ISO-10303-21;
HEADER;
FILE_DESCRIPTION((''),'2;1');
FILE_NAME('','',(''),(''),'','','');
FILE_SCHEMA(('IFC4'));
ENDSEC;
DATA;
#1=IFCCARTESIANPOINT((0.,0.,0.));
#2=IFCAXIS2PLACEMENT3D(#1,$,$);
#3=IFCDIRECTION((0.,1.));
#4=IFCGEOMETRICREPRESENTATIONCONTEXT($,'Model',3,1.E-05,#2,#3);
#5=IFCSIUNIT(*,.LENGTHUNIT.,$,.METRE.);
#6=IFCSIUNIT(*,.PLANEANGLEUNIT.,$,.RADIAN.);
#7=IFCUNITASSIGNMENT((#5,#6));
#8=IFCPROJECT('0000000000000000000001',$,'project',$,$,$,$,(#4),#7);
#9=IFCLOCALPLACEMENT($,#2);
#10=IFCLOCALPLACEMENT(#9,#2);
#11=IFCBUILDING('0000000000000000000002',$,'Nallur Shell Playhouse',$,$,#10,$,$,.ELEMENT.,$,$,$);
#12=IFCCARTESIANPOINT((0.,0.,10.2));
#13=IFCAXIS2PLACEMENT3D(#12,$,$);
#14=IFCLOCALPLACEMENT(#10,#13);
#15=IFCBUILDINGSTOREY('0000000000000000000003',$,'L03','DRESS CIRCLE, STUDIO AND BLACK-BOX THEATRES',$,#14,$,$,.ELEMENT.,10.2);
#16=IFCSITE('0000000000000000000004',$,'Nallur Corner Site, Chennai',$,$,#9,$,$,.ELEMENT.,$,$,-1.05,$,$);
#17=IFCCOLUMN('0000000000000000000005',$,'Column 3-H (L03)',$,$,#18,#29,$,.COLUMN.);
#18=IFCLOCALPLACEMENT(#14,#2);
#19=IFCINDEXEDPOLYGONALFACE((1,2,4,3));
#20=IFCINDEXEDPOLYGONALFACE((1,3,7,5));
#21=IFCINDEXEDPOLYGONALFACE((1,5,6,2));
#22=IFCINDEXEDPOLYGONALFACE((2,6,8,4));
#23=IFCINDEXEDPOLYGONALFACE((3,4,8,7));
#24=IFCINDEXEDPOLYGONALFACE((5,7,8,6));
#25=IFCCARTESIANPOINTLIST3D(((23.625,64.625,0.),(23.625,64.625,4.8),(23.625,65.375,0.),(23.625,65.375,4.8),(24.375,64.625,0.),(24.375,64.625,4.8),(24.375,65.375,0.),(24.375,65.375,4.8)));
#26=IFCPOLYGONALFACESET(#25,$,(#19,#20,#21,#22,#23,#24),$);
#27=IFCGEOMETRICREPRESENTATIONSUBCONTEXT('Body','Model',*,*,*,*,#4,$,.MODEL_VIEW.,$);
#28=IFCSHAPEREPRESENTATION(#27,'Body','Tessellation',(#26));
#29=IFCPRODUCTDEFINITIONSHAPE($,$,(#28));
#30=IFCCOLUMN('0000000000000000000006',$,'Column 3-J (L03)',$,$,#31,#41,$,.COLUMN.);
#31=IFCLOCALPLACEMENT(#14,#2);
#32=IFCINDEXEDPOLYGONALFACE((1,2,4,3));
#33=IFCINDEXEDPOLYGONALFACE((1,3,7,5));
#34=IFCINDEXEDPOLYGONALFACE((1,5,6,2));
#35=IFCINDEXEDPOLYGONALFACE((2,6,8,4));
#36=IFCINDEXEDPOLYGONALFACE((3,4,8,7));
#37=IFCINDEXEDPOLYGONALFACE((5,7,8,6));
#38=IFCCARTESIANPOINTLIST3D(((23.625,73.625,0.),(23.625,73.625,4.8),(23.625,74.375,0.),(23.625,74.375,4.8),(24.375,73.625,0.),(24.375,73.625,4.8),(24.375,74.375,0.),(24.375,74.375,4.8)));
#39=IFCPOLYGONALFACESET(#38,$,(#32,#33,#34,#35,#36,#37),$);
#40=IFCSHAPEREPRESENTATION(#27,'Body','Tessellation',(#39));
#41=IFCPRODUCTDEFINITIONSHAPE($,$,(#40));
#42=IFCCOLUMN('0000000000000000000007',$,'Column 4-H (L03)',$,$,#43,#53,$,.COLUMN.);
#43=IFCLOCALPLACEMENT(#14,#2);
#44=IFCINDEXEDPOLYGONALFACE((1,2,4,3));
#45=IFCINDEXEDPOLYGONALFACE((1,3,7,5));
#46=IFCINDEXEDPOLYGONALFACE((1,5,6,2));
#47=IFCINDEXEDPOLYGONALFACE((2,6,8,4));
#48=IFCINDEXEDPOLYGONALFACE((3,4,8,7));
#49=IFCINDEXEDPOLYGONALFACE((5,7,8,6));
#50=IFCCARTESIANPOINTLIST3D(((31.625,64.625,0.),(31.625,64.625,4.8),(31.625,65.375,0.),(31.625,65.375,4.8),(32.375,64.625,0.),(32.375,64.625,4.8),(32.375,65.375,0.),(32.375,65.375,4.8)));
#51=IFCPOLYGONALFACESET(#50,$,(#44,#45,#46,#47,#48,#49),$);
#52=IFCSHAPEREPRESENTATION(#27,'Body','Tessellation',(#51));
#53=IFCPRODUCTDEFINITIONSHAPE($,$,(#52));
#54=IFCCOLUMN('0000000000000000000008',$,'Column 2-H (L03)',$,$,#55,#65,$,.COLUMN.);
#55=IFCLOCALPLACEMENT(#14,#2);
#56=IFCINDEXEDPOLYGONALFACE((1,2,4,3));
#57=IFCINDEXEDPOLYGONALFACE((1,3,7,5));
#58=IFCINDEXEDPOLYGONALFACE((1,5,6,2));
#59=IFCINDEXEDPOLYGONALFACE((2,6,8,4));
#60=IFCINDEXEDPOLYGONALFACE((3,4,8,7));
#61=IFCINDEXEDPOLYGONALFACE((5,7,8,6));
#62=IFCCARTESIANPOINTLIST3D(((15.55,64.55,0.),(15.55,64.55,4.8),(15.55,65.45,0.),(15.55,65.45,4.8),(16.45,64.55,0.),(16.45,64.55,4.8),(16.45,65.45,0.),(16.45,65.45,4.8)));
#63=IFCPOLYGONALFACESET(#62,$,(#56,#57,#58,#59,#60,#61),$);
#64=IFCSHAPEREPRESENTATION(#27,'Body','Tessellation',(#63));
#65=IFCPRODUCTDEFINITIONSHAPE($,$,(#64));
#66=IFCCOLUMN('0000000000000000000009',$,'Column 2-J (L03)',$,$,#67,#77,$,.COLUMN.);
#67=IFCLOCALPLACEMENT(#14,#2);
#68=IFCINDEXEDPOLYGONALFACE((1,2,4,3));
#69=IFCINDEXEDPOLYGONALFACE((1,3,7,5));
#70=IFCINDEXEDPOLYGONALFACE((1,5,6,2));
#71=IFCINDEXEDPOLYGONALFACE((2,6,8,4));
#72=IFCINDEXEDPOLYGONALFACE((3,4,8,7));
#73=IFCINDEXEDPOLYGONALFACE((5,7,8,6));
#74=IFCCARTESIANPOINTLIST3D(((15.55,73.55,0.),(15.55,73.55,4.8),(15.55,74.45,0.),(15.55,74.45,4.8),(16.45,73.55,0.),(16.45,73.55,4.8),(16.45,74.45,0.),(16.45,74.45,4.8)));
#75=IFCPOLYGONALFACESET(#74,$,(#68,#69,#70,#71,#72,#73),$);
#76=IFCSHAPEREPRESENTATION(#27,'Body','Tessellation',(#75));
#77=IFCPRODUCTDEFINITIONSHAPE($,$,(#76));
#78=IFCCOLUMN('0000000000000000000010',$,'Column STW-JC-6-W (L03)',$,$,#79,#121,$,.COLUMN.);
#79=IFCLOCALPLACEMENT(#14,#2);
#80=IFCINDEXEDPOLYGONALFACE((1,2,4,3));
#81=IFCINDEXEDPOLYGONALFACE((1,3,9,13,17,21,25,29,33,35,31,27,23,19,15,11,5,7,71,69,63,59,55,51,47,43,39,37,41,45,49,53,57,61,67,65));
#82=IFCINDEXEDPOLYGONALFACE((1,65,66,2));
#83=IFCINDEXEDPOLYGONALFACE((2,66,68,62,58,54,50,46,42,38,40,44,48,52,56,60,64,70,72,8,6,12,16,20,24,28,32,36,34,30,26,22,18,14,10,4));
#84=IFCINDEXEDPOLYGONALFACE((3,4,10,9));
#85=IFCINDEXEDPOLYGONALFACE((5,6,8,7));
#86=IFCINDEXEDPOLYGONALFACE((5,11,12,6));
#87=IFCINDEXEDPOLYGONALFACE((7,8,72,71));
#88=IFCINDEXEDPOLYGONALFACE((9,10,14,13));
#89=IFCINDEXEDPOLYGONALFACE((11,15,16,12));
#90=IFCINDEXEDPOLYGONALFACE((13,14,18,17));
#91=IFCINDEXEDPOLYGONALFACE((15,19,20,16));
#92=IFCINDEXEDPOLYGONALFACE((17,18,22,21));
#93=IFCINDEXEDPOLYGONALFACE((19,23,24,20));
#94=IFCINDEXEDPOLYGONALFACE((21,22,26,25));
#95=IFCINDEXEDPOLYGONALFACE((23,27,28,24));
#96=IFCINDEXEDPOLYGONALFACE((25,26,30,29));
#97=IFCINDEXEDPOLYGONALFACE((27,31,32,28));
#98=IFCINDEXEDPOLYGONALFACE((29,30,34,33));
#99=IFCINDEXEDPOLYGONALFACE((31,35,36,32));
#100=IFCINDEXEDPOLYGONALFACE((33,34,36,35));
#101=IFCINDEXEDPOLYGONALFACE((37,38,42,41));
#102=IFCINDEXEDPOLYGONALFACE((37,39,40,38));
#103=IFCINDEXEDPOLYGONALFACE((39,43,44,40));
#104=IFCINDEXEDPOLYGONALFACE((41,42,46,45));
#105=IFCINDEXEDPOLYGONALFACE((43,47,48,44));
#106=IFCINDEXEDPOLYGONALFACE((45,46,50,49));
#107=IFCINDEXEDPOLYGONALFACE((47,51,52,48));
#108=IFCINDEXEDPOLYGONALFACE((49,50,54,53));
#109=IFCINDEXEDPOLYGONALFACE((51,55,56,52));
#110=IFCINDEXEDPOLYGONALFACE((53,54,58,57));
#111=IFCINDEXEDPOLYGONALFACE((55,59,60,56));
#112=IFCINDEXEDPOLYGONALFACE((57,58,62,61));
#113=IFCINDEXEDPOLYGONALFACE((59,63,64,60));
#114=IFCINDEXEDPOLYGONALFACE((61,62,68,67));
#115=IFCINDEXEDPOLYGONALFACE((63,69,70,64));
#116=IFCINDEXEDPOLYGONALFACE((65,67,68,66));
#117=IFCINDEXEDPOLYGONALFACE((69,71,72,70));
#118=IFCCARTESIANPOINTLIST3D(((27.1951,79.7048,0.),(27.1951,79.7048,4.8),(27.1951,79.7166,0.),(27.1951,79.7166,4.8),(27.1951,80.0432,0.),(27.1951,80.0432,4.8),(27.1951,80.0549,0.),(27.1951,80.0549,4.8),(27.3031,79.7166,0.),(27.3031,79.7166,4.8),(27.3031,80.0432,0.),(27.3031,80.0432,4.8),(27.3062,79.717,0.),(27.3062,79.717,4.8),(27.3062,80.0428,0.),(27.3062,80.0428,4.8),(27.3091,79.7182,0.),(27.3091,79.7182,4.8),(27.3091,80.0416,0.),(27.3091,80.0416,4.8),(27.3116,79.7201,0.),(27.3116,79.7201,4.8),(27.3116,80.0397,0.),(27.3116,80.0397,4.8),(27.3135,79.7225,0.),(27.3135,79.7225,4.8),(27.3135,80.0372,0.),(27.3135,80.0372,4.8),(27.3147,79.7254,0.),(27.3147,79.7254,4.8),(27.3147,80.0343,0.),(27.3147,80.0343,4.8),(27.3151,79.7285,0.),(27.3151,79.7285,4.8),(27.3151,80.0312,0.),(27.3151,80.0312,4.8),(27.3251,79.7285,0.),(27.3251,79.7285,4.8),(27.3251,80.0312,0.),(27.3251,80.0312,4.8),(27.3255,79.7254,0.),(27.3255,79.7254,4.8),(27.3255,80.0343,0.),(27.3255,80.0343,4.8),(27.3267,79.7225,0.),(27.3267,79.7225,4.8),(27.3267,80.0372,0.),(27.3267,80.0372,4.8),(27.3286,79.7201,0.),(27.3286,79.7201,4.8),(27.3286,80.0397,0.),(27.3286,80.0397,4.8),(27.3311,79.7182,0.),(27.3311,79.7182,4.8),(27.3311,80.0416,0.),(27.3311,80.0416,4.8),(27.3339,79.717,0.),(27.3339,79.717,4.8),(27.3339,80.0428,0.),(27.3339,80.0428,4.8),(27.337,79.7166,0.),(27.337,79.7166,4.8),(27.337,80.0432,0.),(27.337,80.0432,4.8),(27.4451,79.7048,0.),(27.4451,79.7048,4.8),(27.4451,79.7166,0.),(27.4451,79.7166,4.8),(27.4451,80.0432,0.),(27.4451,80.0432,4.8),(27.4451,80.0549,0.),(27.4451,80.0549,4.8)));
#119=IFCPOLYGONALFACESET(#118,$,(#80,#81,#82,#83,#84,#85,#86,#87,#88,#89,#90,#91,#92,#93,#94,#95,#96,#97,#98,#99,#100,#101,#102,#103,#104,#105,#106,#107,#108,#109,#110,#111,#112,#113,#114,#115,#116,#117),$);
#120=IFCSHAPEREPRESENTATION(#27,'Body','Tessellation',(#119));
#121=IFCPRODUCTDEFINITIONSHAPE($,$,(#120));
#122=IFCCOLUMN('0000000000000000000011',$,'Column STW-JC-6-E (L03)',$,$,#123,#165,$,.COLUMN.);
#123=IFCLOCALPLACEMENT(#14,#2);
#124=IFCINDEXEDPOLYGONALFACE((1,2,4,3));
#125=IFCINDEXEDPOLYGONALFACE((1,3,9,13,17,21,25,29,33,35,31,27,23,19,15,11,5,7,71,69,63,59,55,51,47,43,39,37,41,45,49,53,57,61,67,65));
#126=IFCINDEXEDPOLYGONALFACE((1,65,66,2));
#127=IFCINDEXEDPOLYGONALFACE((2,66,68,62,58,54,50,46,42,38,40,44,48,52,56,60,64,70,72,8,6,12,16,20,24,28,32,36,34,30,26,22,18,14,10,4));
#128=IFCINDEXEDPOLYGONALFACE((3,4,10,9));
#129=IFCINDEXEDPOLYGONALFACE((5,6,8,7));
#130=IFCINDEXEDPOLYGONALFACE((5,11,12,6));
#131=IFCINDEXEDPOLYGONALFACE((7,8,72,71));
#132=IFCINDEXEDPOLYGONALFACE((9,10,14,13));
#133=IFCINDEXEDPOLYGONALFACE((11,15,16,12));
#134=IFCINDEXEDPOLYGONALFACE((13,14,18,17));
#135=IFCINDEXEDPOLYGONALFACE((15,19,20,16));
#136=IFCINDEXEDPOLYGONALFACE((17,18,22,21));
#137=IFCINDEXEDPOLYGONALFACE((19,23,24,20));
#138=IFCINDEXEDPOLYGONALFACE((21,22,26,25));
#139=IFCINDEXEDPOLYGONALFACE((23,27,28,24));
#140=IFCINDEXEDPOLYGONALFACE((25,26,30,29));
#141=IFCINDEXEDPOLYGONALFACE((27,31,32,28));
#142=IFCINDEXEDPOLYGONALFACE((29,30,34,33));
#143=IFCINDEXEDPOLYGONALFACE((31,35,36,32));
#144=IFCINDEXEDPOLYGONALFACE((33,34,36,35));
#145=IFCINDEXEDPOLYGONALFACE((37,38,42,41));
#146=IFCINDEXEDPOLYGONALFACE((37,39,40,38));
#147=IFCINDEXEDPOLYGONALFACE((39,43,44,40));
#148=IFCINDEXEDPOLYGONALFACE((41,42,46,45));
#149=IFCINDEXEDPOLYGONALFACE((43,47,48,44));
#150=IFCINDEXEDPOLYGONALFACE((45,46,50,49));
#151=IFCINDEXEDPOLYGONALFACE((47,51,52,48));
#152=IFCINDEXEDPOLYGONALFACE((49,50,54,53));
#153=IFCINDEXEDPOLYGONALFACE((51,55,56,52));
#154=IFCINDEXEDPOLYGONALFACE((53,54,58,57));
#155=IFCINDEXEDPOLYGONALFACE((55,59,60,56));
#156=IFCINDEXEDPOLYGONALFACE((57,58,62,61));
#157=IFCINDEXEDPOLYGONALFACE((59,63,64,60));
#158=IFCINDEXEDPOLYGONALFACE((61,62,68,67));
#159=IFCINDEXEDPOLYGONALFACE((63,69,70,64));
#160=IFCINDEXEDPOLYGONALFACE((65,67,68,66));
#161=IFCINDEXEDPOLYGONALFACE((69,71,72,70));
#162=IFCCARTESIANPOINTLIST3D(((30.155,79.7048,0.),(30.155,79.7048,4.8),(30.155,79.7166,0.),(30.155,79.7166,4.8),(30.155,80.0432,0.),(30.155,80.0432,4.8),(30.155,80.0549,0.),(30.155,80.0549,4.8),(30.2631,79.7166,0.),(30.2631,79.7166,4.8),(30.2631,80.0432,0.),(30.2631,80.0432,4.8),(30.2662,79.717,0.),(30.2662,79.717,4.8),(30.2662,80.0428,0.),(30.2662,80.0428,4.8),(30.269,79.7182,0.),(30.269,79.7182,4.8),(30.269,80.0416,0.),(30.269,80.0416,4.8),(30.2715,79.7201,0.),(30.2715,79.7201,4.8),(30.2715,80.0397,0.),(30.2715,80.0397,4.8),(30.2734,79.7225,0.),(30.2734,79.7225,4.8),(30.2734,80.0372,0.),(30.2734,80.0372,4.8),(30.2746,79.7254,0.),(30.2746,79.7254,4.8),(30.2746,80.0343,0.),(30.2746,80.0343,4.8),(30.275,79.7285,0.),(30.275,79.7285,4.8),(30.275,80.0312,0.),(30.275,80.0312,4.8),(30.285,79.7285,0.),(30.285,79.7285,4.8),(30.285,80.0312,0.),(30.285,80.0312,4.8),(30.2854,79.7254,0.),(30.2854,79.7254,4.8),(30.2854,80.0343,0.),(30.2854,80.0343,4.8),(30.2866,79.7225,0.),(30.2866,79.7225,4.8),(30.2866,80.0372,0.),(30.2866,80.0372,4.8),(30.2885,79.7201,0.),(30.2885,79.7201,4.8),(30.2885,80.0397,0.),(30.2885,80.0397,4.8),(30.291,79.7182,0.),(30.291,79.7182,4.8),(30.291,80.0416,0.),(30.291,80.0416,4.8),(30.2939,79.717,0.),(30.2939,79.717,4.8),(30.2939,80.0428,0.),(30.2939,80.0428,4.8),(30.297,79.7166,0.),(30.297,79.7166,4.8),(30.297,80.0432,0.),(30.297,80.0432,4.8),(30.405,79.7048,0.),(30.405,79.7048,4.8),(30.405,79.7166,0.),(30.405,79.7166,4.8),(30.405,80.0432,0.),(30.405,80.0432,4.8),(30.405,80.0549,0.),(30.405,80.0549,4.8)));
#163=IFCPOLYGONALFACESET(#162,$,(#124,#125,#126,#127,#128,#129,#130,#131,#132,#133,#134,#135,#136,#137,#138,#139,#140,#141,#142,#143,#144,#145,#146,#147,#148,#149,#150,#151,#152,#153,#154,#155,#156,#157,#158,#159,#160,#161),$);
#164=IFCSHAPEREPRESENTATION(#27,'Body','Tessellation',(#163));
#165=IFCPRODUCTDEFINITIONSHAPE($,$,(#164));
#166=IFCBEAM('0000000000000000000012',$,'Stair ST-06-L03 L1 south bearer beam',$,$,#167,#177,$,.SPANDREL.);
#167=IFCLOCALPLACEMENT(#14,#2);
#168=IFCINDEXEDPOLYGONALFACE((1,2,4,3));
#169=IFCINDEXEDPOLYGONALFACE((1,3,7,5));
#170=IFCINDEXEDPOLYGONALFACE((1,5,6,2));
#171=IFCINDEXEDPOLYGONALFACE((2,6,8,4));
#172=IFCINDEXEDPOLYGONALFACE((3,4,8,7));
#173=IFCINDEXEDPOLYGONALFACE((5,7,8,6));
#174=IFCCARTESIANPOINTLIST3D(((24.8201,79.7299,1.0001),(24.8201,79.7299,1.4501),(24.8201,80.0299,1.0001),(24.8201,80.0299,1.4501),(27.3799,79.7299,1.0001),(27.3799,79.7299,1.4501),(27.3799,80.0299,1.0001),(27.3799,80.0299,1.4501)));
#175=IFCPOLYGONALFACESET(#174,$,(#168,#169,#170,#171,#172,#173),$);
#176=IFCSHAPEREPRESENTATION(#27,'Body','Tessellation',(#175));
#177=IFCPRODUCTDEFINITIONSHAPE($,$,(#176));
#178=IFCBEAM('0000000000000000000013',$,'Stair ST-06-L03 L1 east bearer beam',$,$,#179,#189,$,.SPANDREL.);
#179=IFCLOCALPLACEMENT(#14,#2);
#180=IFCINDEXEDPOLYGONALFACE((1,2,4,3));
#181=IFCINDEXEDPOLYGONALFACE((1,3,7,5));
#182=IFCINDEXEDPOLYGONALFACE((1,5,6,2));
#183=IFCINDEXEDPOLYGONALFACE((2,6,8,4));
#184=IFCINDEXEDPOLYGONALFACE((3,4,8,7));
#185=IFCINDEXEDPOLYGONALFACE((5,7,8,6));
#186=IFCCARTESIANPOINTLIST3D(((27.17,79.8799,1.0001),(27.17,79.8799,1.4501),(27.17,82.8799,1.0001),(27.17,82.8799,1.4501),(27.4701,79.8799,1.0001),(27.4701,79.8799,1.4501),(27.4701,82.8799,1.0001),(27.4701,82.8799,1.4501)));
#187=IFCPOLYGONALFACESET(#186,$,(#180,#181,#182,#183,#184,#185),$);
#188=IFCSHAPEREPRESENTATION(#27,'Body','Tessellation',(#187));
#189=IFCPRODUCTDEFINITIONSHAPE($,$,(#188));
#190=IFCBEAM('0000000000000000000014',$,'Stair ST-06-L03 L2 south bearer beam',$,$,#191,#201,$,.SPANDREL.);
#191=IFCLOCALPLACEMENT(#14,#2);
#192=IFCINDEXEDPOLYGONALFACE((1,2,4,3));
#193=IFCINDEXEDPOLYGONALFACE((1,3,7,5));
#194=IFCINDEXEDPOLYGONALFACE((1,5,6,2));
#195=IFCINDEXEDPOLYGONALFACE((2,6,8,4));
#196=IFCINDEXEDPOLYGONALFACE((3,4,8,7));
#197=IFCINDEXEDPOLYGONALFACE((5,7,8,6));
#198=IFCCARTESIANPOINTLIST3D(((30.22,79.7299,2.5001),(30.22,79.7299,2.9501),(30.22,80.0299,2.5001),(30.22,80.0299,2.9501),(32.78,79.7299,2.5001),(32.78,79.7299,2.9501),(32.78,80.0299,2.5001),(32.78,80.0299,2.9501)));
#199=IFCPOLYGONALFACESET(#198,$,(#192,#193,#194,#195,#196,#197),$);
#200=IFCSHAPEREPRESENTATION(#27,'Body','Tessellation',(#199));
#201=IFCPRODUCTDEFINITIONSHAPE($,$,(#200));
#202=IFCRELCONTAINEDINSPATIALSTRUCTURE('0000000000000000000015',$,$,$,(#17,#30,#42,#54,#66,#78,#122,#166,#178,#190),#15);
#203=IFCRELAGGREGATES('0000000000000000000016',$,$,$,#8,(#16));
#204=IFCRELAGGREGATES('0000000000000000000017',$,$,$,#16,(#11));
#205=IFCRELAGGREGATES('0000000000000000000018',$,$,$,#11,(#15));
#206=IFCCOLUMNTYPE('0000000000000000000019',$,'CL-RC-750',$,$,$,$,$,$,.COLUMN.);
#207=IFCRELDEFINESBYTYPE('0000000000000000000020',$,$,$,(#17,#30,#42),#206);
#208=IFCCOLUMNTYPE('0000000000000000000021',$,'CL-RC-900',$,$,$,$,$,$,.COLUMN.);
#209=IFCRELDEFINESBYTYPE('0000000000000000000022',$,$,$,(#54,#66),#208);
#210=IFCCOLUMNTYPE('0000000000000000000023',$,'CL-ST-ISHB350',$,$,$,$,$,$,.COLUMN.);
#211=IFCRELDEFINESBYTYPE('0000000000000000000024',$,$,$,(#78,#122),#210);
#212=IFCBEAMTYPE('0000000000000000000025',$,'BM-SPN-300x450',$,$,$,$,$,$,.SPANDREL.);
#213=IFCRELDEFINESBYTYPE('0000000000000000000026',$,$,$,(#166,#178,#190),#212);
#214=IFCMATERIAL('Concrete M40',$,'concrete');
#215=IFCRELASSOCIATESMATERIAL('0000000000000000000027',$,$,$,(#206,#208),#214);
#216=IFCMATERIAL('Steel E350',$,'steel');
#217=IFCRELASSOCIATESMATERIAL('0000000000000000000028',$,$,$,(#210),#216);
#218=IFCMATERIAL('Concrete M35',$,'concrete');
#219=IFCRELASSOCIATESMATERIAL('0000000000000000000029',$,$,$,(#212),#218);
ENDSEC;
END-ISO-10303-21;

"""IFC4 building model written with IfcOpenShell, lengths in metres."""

from ifc_helpers import new_model, si_unit, direction, frame, origin, origin_2d, place, context, subcontext, project, spatial, rectangle, i_section, extrude, material, material_profile, profile_set, type_object, element, save


model = new_model("IFC4")

# Units and contexts
model_context = context("Model", 3, precision=1e-05, world=origin(), true_north=direction((0.0, 1.0)))
body_context = subcontext(model_context, "Body", "Model", "MODEL_VIEW")
ifc_project = project(units=[si_unit("LENGTHUNIT", "METRE"), si_unit("PLANEANGLEUNIT", "RADIAN")], contexts=[model_context])

# Site, building, storey
site_placement = place(None, origin())
site = spatial("IfcSite", under=ifc_project, at=site_placement, Name="Nallur Corner Site, Chennai", CompositionType="ELEMENT", RefElevation=-1.05)
building_placement = place(site_placement, origin())
building = spatial("IfcBuilding", under=site, at=building_placement, Name="Nallur Shell Playhouse", CompositionType="ELEMENT")
storey_placement = place(building_placement, frame((0.0, 0.0, 10.2)))
storey = spatial("IfcBuildingStorey", under=building, at=storey_placement, Name="L03", Description="DRESS CIRCLE, STUDIO AND BLACK-BOX THEATRES", CompositionType="ELEMENT", Elevation=10.2)

# Columns
ifc_material_1 = material(Name="Concrete M40", Category="concrete")
ifc_material_profile_1 = material_profile(ifc_material_1, rectangle(XDim=0.75, YDim=0.75, at=origin_2d()), Name="RC 750x750")
ifc_profile_set_1 = profile_set([ifc_material_profile_1], Name="Concrete M40")
column_type_1 = type_object("IfcColumnType", Name="CL-RC-750", PredefinedType="COLUMN", material=ifc_profile_set_1)
for number, where, z_axis, x_axis, name in (
    (1, (24.0, 65.0, 0.0), (0.0, 0.0, 1.0), (1.0, 0.0, 0.0), "Column 3-H (L03)"),
    (2, (24.0, 74.0, 0.0), (0.0, 0.0, 1.0), (1.0, 0.0, 0.0), "Column 3-J (L03)"),
    (3, (32.0, 65.0, 0.0), (0.0, 0.0, 1.0), (1.0, 0.0, 0.0), "Column 4-H (L03)"),
):
    element("IfcColumn", number, at=place(storey_placement, frame(where, z_axis=z_axis, x_axis=x_axis)), inside=storey, type_object=column_type_1, Name=name, PredefinedType="COLUMN", context=body_context, shape_type="SweptSolid", body=[
        extrude(rectangle(XDim=0.75, YDim=0.75, at=origin_2d()), origin(), (0.0, 0.0, 1.0), 4.8),
    ])
ifc_material_profile_2 = material_profile(ifc_material_1, rectangle(XDim=0.8999, YDim=0.8999, at=origin_2d()), Name="RC 900x900")
ifc_profile_set_2 = profile_set([ifc_material_profile_2], Name="Concrete M40")
column_type_2 = type_object("IfcColumnType", Name="CL-RC-900", PredefinedType="COLUMN", material=ifc_profile_set_2)
for number, where, z_axis, x_axis, name in (
    (4, (16.0, 65.0, 0.0), (0.0, 0.0, 1.0), (1.0, 0.0, 0.0), "Column 2-H (L03)"),
    (5, (16.0, 74.0, 0.0), (0.0, 0.0, 1.0), (1.0, 0.0, 0.0), "Column 2-J (L03)"),
):
    element("IfcColumn", number, at=place(storey_placement, frame(where, z_axis=z_axis, x_axis=x_axis)), inside=storey, type_object=column_type_2, Name=name, PredefinedType="COLUMN", context=body_context, shape_type="SweptSolid", body=[
        extrude(rectangle(XDim=0.8999, YDim=0.8999, at=origin_2d()), origin(), (0.0, 0.0, 1.0), 4.8),
    ])
ifc_material_2 = material(Name="Steel E350", Category="steel")
ifc_material_profile_3 = material_profile(ifc_material_2, i_section(OverallWidth=0.25, OverallDepth=0.3501, WebThickness=0.01, FlangeThickness=0.0117, FilletRadius=0.012, at=origin_2d()), Name="ISHB 350")
ifc_profile_set_3 = profile_set([ifc_material_profile_3], Name="Steel E350")
column_type_3 = type_object("IfcColumnType", Name="CL-ST-ISHB350", PredefinedType="COLUMN", material=ifc_profile_set_3)
for number, where, z_axis, x_axis, name in (
    (6, (27.3201, 79.8799, 0.0), (0.0, 0.0, 1.0), (1.0, 0.0, 0.0), "Column STW-JC-6-W (L03)"),
    (7, (30.28, 79.8799, 0.0), (0.0, 0.0, 1.0), (1.0, 0.0, 0.0), "Column STW-JC-6-E (L03)"),
):
    element("IfcColumn", number, at=place(storey_placement, frame(where, z_axis=z_axis, x_axis=x_axis)), inside=storey, type_object=column_type_3, Name=name, PredefinedType="COLUMN", context=body_context, shape_type="SweptSolid", body=[
        extrude(i_section(OverallWidth=0.25, OverallDepth=0.3501, WebThickness=0.01, FlangeThickness=0.0117, FilletRadius=0.012, at=origin_2d()), origin(), (0.0, 0.0, 1.0), 4.8),
    ])

# Beams
ifc_material_3 = material(Name="Concrete M35", Category="concrete")
ifc_material_profile_4 = material_profile(ifc_material_3, rectangle(XDim=0.3, YDim=0.45, at=origin_2d()), Name="RC 300x450")
ifc_profile_set_4 = profile_set([ifc_material_profile_4], Name="Concrete M35")
beam_type_1 = type_object("IfcBeamType", Name="BM-SPN-300x450", PredefinedType="SPANDREL", material=ifc_profile_set_4)
beam_1_placement = place(storey_placement, frame((24.8201, 79.8799, 1.2251), z_axis=(1.0, 0.0, 0.0), x_axis=(0.0, 1.0, 0.0)))
element("IfcBeam", 8, at=beam_1_placement, inside=storey, type_object=beam_type_1, Name="Stair ST-06-L03 L1 south bearer beam", PredefinedType="SPANDREL", context=body_context, shape_type="SweptSolid", body=[
    extrude(rectangle(XDim=0.3, YDim=0.45, at=origin_2d()), origin(), (0.0, 0.0, 1.0), 2.5598),
])
beam_2_placement = place(storey_placement, frame((27.3201, 79.8799, 1.2251), z_axis=(0.0, 1.0, 0.0), x_axis=(-1.0, 0.0, 0.0)))
element("IfcBeam", 9, at=beam_2_placement, inside=storey, type_object=beam_type_1, Name="Stair ST-06-L03 L1 east bearer beam", PredefinedType="SPANDREL", context=body_context, shape_type="SweptSolid", body=[
    extrude(rectangle(XDim=0.3, YDim=0.45, at=origin_2d()), origin(), (0.0, 0.0, 1.0), 3.0),
])
beam_3_placement = place(storey_placement, frame((30.22, 79.8799, 2.7251), z_axis=(1.0, 0.0, 0.0), x_axis=(0.0, 1.0, 0.0)))
element("IfcBeam", 10, at=beam_3_placement, inside=storey, type_object=beam_type_1, Name="Stair ST-06-L03 L2 south bearer beam", PredefinedType="SPANDREL", context=body_context, shape_type="SweptSolid", body=[
    extrude(rectangle(XDim=0.3, YDim=0.45, at=origin_2d()), origin(), (0.0, 0.0, 1.0), 2.5601),
])

save(model, "model.ifc")
